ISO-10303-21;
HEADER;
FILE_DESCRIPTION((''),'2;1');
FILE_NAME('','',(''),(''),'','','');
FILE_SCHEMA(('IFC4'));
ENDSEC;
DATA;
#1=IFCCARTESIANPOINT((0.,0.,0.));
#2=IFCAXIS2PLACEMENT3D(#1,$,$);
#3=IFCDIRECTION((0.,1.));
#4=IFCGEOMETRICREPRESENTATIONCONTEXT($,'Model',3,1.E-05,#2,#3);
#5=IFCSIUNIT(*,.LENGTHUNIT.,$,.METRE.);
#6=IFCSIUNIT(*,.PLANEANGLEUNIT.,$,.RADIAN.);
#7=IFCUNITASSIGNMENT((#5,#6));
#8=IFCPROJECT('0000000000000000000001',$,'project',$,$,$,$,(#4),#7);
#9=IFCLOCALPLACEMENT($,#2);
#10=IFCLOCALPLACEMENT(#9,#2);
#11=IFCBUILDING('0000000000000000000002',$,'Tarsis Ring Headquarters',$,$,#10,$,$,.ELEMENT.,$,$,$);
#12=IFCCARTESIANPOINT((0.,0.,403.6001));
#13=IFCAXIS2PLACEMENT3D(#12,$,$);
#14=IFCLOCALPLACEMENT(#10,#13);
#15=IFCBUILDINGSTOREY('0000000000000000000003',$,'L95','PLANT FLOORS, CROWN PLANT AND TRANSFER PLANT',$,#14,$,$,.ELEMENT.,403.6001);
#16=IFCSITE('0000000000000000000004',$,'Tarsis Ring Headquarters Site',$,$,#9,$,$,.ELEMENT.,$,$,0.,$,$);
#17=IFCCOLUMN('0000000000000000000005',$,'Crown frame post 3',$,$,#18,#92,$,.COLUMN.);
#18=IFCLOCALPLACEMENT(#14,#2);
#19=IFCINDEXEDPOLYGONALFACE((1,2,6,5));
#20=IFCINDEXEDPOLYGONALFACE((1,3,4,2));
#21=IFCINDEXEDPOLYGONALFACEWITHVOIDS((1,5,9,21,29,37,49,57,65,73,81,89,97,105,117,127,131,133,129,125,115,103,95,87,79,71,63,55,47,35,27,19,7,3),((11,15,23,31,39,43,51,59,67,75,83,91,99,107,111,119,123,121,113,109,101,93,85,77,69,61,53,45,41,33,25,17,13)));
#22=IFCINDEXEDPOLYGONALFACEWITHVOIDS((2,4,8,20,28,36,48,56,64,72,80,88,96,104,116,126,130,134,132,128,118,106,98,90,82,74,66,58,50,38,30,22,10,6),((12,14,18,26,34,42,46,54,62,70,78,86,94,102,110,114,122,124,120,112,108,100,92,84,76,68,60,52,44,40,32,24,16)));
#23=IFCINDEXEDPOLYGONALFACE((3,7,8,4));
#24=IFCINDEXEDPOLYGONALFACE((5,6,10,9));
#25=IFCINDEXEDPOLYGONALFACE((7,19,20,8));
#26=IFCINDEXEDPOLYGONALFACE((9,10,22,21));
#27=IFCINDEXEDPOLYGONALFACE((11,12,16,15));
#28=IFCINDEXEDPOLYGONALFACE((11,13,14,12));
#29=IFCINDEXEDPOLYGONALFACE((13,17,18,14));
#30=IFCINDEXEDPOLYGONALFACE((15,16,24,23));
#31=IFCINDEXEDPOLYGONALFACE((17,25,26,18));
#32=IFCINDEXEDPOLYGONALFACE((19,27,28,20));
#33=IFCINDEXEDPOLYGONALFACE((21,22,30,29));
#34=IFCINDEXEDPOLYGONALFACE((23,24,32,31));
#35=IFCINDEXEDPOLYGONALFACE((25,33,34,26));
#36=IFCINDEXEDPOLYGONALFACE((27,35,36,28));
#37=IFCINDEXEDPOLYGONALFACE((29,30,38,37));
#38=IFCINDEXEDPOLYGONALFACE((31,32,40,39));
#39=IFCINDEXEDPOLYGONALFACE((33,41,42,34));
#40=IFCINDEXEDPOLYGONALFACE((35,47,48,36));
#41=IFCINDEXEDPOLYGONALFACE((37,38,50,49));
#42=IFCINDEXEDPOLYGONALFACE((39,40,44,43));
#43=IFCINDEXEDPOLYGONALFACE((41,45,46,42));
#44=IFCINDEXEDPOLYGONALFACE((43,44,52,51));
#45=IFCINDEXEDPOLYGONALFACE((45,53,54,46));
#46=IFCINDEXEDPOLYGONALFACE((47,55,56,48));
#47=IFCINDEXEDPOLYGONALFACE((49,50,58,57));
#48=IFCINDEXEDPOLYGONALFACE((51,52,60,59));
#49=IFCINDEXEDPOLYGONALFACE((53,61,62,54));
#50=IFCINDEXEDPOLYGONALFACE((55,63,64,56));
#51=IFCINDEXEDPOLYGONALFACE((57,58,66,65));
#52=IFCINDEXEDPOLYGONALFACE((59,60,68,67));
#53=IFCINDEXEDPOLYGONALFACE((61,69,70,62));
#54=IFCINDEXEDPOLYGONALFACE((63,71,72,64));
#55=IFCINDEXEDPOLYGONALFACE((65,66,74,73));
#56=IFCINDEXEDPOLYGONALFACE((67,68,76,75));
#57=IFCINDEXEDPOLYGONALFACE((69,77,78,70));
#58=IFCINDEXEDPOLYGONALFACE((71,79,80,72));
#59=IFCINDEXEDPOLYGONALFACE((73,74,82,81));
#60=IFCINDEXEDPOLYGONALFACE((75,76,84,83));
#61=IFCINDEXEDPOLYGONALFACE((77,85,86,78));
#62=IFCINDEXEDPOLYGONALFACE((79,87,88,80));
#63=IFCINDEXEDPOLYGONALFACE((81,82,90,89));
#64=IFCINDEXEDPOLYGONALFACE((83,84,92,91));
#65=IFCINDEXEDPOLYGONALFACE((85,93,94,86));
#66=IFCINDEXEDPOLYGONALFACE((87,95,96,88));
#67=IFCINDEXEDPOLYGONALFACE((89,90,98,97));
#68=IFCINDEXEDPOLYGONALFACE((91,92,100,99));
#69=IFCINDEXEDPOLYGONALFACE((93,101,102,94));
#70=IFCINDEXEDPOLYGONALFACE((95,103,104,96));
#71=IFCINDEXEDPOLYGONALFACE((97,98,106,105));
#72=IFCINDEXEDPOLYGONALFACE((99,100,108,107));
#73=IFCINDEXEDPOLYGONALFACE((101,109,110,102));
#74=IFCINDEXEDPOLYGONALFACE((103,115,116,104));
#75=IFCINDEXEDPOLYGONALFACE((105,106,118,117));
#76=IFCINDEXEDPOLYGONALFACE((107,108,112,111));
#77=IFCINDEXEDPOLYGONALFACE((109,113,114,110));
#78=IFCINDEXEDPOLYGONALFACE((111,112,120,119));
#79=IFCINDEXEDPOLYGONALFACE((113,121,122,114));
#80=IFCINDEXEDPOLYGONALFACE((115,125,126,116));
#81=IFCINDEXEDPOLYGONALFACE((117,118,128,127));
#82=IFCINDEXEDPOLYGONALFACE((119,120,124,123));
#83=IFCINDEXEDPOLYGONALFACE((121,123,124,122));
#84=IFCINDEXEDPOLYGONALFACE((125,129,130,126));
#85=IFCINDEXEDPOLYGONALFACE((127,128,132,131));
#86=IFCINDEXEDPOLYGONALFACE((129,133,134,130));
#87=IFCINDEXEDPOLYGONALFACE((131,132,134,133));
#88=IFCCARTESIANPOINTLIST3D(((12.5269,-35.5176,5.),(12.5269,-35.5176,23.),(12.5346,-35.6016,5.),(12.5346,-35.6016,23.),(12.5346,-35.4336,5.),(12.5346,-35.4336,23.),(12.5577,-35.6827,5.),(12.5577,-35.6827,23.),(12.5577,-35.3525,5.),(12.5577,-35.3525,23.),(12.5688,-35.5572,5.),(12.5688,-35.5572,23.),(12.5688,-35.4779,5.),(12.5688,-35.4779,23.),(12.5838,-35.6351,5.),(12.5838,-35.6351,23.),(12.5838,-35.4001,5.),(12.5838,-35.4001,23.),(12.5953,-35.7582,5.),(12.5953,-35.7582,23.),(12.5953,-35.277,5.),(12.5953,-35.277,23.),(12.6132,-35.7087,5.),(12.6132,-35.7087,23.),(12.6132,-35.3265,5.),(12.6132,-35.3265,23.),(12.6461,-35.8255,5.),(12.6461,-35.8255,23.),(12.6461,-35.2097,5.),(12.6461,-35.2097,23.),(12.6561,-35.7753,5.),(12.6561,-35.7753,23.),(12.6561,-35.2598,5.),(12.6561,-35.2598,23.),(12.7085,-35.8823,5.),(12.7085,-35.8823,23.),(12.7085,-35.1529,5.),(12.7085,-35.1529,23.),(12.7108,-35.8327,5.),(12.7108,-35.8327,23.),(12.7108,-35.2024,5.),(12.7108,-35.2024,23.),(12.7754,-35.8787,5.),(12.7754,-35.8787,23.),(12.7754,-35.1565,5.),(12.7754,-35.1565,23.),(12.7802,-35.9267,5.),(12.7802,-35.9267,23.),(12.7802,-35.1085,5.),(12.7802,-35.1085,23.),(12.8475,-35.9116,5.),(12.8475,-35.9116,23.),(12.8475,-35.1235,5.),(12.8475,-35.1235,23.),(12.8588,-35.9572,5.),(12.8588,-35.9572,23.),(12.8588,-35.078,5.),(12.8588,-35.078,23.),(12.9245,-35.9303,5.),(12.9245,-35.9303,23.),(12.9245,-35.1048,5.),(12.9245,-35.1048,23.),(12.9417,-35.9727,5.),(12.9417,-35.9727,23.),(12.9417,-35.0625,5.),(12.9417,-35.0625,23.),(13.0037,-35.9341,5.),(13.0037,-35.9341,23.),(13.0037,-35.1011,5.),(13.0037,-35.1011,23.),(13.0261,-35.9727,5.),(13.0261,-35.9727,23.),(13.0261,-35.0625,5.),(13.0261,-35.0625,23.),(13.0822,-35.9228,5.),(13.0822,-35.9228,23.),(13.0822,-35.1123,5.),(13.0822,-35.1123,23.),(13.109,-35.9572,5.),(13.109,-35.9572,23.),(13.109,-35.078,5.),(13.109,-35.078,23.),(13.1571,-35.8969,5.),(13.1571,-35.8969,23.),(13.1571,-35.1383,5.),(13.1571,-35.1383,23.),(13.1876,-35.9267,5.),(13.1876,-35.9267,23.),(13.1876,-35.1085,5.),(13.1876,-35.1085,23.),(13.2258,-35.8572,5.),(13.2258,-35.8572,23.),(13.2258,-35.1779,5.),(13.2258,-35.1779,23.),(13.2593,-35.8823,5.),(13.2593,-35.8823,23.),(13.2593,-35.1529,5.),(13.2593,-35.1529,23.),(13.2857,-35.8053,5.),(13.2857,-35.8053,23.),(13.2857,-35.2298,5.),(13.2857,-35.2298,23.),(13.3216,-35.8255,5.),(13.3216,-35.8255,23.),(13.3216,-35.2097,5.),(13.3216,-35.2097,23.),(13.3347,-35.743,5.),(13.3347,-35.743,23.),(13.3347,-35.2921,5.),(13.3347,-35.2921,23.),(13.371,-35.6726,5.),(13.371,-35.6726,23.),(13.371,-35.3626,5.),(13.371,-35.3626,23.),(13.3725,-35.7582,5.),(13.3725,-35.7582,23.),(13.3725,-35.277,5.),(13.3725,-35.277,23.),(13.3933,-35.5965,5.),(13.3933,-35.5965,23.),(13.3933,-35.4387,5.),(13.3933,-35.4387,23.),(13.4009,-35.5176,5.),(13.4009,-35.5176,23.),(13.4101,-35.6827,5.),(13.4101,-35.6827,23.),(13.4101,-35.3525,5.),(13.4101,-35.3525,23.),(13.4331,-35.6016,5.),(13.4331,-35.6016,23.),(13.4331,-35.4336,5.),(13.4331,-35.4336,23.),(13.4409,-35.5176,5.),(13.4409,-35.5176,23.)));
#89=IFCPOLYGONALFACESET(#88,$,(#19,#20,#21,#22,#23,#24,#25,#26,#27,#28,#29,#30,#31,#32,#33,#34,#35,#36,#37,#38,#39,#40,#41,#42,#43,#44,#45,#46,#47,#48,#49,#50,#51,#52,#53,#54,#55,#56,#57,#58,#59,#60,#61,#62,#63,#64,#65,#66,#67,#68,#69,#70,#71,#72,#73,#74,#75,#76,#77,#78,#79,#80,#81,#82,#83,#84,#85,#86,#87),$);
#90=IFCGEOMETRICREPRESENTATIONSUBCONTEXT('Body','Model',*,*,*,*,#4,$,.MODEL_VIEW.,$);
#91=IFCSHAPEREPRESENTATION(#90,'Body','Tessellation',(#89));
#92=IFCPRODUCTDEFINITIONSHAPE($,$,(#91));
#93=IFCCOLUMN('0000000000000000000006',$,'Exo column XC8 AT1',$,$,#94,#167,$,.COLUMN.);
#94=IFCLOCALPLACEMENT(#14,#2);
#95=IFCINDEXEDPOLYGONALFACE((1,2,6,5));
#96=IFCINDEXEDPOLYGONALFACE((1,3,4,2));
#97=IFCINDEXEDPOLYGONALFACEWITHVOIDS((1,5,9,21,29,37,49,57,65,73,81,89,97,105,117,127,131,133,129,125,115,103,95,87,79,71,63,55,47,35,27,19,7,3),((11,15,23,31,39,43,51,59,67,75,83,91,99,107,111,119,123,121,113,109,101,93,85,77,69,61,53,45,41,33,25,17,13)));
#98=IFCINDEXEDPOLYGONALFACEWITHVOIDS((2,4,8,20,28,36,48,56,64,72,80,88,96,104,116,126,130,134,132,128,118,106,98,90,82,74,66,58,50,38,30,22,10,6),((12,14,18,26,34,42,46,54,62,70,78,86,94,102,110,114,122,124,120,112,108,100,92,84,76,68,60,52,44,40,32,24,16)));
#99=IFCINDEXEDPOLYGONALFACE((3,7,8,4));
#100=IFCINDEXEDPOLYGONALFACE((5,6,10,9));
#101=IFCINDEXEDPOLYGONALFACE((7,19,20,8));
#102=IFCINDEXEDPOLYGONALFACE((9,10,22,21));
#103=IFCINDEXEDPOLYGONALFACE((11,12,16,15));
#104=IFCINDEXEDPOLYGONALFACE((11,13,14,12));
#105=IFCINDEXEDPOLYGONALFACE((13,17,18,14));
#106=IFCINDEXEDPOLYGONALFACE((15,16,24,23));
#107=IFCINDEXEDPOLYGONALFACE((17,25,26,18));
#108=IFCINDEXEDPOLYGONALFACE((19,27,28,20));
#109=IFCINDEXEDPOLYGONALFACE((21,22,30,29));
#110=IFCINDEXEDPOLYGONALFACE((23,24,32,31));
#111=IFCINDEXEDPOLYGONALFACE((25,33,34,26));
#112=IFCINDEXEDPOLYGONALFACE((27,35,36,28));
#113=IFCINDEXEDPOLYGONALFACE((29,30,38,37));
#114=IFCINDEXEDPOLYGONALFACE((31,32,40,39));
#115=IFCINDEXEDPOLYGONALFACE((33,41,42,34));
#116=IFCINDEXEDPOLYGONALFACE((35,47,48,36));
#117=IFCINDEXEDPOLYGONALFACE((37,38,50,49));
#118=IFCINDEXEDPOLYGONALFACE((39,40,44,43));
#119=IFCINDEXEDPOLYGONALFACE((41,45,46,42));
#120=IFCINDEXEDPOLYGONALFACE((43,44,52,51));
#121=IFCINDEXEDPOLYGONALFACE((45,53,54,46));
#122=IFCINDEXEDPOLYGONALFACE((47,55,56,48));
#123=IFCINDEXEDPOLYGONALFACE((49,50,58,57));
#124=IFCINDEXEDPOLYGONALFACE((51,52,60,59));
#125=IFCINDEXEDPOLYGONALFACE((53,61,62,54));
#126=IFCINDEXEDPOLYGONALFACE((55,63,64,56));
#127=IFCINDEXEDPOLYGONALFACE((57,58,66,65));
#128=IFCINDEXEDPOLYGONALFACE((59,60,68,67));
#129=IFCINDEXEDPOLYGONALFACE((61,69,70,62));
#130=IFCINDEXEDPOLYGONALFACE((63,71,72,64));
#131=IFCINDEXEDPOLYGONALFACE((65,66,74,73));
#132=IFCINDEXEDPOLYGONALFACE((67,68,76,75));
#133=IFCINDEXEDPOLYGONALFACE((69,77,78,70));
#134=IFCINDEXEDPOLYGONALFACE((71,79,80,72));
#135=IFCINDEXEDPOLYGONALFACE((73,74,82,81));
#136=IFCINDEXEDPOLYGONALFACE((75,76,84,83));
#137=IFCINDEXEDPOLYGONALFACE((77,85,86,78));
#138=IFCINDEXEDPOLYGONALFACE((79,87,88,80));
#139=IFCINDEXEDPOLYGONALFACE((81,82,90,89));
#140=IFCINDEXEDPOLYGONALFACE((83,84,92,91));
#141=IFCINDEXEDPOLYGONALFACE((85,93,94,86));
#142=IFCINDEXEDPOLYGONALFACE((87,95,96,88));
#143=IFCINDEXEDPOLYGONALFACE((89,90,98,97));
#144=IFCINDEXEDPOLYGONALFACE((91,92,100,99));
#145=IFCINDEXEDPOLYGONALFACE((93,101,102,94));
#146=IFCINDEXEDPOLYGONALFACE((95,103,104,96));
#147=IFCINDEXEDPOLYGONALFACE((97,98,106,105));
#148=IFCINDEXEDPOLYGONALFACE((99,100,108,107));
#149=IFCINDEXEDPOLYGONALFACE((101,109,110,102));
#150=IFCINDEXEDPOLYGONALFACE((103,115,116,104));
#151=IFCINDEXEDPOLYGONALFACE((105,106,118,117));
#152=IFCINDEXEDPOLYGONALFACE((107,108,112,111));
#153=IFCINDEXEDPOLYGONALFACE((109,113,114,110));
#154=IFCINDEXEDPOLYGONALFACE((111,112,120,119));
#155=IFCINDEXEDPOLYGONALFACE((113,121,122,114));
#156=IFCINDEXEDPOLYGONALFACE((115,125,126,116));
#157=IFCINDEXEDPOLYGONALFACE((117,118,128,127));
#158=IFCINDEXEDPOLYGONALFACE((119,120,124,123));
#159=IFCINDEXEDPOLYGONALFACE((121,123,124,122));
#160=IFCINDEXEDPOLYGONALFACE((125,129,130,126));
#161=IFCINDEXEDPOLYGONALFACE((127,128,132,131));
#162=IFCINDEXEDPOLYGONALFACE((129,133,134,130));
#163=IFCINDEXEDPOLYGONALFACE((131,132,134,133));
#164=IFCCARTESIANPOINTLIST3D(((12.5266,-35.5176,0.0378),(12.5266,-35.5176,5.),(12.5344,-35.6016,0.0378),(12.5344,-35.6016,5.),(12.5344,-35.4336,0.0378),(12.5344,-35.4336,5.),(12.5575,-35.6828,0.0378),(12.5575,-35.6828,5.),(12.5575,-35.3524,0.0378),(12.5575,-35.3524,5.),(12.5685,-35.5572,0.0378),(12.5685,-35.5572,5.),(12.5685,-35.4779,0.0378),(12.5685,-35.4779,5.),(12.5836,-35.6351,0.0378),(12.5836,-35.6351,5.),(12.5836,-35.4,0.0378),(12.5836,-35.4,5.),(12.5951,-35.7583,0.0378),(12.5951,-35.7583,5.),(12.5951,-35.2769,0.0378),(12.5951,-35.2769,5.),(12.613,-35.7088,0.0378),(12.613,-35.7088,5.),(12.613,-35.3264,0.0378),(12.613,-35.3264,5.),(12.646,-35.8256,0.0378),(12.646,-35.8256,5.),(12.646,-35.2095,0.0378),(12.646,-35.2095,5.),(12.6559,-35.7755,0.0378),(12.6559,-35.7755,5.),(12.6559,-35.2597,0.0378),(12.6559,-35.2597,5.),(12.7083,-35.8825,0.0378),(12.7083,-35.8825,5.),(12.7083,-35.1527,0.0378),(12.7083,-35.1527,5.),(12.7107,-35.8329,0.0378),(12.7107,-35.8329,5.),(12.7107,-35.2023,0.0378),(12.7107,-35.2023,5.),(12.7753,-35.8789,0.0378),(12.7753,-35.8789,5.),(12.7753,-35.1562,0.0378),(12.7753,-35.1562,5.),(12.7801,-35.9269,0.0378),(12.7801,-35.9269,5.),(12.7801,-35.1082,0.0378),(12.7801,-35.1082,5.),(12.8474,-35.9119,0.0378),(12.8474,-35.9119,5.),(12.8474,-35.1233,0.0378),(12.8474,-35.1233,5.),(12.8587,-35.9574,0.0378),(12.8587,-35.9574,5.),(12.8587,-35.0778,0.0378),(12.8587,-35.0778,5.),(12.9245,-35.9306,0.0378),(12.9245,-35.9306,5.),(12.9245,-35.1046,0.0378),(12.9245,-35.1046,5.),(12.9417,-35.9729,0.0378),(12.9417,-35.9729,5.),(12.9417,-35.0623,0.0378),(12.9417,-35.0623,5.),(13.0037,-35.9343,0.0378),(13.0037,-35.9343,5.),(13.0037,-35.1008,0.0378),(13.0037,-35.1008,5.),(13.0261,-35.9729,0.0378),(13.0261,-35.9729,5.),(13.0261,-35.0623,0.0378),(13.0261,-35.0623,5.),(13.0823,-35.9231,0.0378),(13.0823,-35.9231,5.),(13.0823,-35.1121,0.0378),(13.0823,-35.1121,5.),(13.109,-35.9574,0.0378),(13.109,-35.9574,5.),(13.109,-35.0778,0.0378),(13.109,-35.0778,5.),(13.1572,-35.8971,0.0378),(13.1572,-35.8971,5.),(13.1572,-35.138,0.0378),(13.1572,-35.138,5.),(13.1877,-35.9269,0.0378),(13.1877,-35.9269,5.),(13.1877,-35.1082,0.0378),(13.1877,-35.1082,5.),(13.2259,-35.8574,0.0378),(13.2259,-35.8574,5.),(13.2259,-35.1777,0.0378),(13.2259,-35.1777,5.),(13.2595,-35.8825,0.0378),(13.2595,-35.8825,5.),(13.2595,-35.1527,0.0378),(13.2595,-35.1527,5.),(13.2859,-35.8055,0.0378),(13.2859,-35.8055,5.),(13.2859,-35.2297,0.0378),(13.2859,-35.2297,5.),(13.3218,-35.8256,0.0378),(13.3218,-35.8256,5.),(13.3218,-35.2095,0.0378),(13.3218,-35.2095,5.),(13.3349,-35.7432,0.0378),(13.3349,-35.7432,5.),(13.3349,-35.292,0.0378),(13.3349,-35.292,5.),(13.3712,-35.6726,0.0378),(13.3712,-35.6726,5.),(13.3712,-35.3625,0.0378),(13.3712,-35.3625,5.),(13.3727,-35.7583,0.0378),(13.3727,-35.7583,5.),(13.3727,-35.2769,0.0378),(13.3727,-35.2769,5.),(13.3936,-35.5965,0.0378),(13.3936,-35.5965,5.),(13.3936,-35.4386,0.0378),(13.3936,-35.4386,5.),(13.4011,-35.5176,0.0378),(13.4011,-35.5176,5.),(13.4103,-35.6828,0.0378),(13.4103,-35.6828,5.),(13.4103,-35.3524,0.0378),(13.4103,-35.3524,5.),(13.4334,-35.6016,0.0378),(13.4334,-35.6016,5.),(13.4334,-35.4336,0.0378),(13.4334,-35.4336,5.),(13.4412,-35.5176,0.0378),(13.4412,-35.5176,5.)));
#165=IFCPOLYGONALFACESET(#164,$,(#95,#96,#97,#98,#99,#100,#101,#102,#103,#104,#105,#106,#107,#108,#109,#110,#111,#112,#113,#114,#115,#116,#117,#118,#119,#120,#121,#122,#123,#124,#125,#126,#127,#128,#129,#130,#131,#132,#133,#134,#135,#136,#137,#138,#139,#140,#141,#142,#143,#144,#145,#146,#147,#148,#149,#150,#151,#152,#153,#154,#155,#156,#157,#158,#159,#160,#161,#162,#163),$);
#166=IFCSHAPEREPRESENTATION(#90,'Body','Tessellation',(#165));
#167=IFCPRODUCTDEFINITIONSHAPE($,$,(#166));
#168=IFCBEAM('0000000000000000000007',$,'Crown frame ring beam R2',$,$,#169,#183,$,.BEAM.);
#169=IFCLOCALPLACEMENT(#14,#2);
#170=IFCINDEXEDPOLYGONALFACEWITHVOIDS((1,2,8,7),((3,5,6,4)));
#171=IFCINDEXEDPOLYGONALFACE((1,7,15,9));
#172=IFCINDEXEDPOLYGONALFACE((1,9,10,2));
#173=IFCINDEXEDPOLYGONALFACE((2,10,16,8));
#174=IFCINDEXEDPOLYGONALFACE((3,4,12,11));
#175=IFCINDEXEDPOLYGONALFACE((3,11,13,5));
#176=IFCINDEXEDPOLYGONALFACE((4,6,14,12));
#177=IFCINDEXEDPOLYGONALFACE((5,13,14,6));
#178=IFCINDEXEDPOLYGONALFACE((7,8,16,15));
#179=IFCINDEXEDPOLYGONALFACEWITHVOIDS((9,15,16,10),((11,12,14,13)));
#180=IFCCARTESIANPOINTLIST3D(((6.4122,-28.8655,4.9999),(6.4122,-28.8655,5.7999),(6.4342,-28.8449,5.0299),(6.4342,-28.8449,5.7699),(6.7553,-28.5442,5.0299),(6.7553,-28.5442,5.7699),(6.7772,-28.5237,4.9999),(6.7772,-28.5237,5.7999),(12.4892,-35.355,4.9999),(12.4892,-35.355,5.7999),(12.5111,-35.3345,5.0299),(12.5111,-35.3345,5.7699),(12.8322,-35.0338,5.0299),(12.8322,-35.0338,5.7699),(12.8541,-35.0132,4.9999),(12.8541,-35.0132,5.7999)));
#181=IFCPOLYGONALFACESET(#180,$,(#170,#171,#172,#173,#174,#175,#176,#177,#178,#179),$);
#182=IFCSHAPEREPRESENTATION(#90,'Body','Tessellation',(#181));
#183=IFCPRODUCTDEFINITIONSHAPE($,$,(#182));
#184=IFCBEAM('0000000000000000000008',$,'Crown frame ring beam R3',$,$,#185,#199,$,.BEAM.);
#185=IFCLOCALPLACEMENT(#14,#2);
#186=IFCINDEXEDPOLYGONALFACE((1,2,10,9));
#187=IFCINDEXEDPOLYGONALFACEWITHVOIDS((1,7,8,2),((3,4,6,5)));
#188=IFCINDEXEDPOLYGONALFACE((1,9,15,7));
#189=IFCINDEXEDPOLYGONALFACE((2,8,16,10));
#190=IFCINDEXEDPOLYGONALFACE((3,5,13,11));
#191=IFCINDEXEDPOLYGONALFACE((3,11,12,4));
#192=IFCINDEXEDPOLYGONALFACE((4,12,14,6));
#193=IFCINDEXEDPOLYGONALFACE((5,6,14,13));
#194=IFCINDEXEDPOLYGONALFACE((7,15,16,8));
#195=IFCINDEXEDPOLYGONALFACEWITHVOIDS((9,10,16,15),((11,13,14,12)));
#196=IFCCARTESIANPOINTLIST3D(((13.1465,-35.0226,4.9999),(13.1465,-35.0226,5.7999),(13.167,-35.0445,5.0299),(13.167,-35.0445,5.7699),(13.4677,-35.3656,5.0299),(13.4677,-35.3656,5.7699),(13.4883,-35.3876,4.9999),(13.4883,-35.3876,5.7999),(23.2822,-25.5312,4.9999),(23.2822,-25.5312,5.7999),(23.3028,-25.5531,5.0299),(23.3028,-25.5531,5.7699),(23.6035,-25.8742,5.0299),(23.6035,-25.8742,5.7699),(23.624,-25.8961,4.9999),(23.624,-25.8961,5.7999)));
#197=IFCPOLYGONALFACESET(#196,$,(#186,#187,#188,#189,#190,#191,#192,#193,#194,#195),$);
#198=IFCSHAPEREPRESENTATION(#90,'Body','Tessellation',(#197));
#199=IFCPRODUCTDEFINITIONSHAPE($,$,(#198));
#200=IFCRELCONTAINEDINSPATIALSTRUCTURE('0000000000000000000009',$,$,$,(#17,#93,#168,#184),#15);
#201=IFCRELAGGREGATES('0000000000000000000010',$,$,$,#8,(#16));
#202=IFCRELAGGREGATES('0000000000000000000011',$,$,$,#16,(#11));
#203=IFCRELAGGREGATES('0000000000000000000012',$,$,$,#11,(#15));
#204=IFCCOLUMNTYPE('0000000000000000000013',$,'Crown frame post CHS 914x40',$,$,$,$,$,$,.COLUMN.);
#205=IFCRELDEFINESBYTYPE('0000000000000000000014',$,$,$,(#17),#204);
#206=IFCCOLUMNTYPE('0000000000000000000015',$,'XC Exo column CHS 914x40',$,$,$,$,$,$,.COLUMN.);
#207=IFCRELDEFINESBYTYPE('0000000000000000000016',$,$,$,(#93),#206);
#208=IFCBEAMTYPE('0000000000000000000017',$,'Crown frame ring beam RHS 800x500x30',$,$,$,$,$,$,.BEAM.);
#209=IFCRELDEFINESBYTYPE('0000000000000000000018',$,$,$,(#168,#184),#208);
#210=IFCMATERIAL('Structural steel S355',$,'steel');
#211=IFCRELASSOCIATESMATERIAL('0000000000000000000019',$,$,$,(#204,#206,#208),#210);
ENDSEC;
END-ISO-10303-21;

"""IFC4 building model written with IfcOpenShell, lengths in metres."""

from ifc_helpers import new_model, si_unit, direction, frame, origin, origin_2d, place, context, subcontext, project, spatial, hollow_rectangle, hollow_circle, extrude, material, material_profile, profile_set, type_object, element, save


model = new_model("IFC4")

# Units and contexts
model_context = context("Model", 3, precision=1e-05, world=origin(), true_north=direction((0.0, 1.0)))
body_context = subcontext(model_context, "Body", "Model", "MODEL_VIEW")
ifc_project = project(units=[si_unit("LENGTHUNIT", "METRE"), si_unit("PLANEANGLEUNIT", "RADIAN")], contexts=[model_context])

# Site, building, storey
site_placement = place(None, origin())
site = spatial("IfcSite", under=ifc_project, at=site_placement, Name="Tarsis Ring Headquarters Site", CompositionType="ELEMENT", RefElevation=0.0)
building_placement = place(site_placement, origin())
building = spatial("IfcBuilding", under=site, at=building_placement, Name="Tarsis Ring Headquarters", CompositionType="ELEMENT")
storey_placement = place(building_placement, frame((0.0, 0.0, 403.6001)))
storey = spatial("IfcBuildingStorey", under=building, at=storey_placement, Name="L95", Description="PLANT FLOORS, CROWN PLANT AND TRANSFER PLANT", CompositionType="ELEMENT", Elevation=403.6001)

# Columns
ifc_material_1 = material(Name="Structural steel S355", Category="steel")
ifc_material_profile_1 = material_profile(ifc_material_1, hollow_circle(Radius=0.457, WallThickness=0.04, at=origin_2d()), Name="CHS 914x40")
ifc_profile_set_1 = profile_set([ifc_material_profile_1], Name="Structural steel S355")
column_type_1 = type_object("IfcColumnType", Name="Crown frame post CHS 914x40", PredefinedType="COLUMN", material=ifc_profile_set_1)
column_1_placement = place(storey_placement, frame((12.9839, -35.5176, 5.0), z_axis=(0.0, 0.0, 1.0), x_axis=(1.0, 0.0, 0.0)))
element("IfcColumn", 1, at=column_1_placement, inside=storey, type_object=column_type_1, Name="Crown frame post 3", PredefinedType="COLUMN", context=body_context, shape_type="SweptSolid", body=[
    extrude(hollow_circle(Radius=0.457, WallThickness=0.04, at=origin_2d()), origin(), (0.0, 0.0, 1.0), 18.0),
])
column_type_2 = type_object("IfcColumnType", Name="XC Exo column CHS 914x40", PredefinedType="COLUMN", material=ifc_profile_set_1)
column_2_placement = place(storey_placement, frame((12.9839, -35.5176, 0.0378), z_axis=(0.0, 0.0, 1.0), x_axis=(1.0, 0.0, 0.0)))
element("IfcColumn", 2, at=column_2_placement, inside=storey, type_object=column_type_2, Name="Exo column XC8 AT1", PredefinedType="COLUMN", context=body_context, shape_type="SweptSolid", body=[
    extrude(hollow_circle(Radius=0.4573, WallThickness=0.04, at=origin_2d()), origin(), (0.0, 0.0, 1.0), 4.9622),
])

# Beams
ifc_material_profile_2 = material_profile(ifc_material_1, hollow_rectangle(XDim=0.5, YDim=0.8, WallThickness=0.03, at=origin_2d()), Name="RHS 800x500x30")
ifc_profile_set_2 = profile_set([ifc_material_profile_2], Name="Structural steel S355")
beam_type_1 = type_object("IfcBeamType", Name="Crown frame ring beam RHS 800x500x30", PredefinedType="BEAM", material=ifc_profile_set_2)
beam_1_placement = place(storey_placement, frame((6.5947, -28.6946, 5.3999), z_axis=(0.683522, -0.72993, 0.0), x_axis=(0.72993, 0.683522, 0.0)))
element("IfcBeam", 3, at=beam_1_placement, inside=storey, type_object=beam_type_1, Name="Crown frame ring beam R2", PredefinedType="BEAM", context=body_context, shape_type="SweptSolid", body=[
    extrude(hollow_rectangle(XDim=0.5, YDim=0.8, WallThickness=0.03, at=origin_2d()), origin(), (0.0, 0.0, 1.0), 8.8906),
])
beam_2_placement = place(storey_placement, frame((13.3174, -35.2051, 5.3999), z_axis=(0.729925, 0.683527, 0.0), x_axis=(-0.683527, 0.729925, 0.0)))
element("IfcBeam", 4, at=beam_2_placement, inside=storey, type_object=beam_type_1, Name="Crown frame ring beam R3", PredefinedType="BEAM", context=body_context, shape_type="SweptSolid", body=[
    extrude(hollow_rectangle(XDim=0.5, YDim=0.8, WallThickness=0.03, at=origin_2d()), origin(), (0.0, 0.0, 1.0), 13.886),
])

save(model, "model.ifc")
